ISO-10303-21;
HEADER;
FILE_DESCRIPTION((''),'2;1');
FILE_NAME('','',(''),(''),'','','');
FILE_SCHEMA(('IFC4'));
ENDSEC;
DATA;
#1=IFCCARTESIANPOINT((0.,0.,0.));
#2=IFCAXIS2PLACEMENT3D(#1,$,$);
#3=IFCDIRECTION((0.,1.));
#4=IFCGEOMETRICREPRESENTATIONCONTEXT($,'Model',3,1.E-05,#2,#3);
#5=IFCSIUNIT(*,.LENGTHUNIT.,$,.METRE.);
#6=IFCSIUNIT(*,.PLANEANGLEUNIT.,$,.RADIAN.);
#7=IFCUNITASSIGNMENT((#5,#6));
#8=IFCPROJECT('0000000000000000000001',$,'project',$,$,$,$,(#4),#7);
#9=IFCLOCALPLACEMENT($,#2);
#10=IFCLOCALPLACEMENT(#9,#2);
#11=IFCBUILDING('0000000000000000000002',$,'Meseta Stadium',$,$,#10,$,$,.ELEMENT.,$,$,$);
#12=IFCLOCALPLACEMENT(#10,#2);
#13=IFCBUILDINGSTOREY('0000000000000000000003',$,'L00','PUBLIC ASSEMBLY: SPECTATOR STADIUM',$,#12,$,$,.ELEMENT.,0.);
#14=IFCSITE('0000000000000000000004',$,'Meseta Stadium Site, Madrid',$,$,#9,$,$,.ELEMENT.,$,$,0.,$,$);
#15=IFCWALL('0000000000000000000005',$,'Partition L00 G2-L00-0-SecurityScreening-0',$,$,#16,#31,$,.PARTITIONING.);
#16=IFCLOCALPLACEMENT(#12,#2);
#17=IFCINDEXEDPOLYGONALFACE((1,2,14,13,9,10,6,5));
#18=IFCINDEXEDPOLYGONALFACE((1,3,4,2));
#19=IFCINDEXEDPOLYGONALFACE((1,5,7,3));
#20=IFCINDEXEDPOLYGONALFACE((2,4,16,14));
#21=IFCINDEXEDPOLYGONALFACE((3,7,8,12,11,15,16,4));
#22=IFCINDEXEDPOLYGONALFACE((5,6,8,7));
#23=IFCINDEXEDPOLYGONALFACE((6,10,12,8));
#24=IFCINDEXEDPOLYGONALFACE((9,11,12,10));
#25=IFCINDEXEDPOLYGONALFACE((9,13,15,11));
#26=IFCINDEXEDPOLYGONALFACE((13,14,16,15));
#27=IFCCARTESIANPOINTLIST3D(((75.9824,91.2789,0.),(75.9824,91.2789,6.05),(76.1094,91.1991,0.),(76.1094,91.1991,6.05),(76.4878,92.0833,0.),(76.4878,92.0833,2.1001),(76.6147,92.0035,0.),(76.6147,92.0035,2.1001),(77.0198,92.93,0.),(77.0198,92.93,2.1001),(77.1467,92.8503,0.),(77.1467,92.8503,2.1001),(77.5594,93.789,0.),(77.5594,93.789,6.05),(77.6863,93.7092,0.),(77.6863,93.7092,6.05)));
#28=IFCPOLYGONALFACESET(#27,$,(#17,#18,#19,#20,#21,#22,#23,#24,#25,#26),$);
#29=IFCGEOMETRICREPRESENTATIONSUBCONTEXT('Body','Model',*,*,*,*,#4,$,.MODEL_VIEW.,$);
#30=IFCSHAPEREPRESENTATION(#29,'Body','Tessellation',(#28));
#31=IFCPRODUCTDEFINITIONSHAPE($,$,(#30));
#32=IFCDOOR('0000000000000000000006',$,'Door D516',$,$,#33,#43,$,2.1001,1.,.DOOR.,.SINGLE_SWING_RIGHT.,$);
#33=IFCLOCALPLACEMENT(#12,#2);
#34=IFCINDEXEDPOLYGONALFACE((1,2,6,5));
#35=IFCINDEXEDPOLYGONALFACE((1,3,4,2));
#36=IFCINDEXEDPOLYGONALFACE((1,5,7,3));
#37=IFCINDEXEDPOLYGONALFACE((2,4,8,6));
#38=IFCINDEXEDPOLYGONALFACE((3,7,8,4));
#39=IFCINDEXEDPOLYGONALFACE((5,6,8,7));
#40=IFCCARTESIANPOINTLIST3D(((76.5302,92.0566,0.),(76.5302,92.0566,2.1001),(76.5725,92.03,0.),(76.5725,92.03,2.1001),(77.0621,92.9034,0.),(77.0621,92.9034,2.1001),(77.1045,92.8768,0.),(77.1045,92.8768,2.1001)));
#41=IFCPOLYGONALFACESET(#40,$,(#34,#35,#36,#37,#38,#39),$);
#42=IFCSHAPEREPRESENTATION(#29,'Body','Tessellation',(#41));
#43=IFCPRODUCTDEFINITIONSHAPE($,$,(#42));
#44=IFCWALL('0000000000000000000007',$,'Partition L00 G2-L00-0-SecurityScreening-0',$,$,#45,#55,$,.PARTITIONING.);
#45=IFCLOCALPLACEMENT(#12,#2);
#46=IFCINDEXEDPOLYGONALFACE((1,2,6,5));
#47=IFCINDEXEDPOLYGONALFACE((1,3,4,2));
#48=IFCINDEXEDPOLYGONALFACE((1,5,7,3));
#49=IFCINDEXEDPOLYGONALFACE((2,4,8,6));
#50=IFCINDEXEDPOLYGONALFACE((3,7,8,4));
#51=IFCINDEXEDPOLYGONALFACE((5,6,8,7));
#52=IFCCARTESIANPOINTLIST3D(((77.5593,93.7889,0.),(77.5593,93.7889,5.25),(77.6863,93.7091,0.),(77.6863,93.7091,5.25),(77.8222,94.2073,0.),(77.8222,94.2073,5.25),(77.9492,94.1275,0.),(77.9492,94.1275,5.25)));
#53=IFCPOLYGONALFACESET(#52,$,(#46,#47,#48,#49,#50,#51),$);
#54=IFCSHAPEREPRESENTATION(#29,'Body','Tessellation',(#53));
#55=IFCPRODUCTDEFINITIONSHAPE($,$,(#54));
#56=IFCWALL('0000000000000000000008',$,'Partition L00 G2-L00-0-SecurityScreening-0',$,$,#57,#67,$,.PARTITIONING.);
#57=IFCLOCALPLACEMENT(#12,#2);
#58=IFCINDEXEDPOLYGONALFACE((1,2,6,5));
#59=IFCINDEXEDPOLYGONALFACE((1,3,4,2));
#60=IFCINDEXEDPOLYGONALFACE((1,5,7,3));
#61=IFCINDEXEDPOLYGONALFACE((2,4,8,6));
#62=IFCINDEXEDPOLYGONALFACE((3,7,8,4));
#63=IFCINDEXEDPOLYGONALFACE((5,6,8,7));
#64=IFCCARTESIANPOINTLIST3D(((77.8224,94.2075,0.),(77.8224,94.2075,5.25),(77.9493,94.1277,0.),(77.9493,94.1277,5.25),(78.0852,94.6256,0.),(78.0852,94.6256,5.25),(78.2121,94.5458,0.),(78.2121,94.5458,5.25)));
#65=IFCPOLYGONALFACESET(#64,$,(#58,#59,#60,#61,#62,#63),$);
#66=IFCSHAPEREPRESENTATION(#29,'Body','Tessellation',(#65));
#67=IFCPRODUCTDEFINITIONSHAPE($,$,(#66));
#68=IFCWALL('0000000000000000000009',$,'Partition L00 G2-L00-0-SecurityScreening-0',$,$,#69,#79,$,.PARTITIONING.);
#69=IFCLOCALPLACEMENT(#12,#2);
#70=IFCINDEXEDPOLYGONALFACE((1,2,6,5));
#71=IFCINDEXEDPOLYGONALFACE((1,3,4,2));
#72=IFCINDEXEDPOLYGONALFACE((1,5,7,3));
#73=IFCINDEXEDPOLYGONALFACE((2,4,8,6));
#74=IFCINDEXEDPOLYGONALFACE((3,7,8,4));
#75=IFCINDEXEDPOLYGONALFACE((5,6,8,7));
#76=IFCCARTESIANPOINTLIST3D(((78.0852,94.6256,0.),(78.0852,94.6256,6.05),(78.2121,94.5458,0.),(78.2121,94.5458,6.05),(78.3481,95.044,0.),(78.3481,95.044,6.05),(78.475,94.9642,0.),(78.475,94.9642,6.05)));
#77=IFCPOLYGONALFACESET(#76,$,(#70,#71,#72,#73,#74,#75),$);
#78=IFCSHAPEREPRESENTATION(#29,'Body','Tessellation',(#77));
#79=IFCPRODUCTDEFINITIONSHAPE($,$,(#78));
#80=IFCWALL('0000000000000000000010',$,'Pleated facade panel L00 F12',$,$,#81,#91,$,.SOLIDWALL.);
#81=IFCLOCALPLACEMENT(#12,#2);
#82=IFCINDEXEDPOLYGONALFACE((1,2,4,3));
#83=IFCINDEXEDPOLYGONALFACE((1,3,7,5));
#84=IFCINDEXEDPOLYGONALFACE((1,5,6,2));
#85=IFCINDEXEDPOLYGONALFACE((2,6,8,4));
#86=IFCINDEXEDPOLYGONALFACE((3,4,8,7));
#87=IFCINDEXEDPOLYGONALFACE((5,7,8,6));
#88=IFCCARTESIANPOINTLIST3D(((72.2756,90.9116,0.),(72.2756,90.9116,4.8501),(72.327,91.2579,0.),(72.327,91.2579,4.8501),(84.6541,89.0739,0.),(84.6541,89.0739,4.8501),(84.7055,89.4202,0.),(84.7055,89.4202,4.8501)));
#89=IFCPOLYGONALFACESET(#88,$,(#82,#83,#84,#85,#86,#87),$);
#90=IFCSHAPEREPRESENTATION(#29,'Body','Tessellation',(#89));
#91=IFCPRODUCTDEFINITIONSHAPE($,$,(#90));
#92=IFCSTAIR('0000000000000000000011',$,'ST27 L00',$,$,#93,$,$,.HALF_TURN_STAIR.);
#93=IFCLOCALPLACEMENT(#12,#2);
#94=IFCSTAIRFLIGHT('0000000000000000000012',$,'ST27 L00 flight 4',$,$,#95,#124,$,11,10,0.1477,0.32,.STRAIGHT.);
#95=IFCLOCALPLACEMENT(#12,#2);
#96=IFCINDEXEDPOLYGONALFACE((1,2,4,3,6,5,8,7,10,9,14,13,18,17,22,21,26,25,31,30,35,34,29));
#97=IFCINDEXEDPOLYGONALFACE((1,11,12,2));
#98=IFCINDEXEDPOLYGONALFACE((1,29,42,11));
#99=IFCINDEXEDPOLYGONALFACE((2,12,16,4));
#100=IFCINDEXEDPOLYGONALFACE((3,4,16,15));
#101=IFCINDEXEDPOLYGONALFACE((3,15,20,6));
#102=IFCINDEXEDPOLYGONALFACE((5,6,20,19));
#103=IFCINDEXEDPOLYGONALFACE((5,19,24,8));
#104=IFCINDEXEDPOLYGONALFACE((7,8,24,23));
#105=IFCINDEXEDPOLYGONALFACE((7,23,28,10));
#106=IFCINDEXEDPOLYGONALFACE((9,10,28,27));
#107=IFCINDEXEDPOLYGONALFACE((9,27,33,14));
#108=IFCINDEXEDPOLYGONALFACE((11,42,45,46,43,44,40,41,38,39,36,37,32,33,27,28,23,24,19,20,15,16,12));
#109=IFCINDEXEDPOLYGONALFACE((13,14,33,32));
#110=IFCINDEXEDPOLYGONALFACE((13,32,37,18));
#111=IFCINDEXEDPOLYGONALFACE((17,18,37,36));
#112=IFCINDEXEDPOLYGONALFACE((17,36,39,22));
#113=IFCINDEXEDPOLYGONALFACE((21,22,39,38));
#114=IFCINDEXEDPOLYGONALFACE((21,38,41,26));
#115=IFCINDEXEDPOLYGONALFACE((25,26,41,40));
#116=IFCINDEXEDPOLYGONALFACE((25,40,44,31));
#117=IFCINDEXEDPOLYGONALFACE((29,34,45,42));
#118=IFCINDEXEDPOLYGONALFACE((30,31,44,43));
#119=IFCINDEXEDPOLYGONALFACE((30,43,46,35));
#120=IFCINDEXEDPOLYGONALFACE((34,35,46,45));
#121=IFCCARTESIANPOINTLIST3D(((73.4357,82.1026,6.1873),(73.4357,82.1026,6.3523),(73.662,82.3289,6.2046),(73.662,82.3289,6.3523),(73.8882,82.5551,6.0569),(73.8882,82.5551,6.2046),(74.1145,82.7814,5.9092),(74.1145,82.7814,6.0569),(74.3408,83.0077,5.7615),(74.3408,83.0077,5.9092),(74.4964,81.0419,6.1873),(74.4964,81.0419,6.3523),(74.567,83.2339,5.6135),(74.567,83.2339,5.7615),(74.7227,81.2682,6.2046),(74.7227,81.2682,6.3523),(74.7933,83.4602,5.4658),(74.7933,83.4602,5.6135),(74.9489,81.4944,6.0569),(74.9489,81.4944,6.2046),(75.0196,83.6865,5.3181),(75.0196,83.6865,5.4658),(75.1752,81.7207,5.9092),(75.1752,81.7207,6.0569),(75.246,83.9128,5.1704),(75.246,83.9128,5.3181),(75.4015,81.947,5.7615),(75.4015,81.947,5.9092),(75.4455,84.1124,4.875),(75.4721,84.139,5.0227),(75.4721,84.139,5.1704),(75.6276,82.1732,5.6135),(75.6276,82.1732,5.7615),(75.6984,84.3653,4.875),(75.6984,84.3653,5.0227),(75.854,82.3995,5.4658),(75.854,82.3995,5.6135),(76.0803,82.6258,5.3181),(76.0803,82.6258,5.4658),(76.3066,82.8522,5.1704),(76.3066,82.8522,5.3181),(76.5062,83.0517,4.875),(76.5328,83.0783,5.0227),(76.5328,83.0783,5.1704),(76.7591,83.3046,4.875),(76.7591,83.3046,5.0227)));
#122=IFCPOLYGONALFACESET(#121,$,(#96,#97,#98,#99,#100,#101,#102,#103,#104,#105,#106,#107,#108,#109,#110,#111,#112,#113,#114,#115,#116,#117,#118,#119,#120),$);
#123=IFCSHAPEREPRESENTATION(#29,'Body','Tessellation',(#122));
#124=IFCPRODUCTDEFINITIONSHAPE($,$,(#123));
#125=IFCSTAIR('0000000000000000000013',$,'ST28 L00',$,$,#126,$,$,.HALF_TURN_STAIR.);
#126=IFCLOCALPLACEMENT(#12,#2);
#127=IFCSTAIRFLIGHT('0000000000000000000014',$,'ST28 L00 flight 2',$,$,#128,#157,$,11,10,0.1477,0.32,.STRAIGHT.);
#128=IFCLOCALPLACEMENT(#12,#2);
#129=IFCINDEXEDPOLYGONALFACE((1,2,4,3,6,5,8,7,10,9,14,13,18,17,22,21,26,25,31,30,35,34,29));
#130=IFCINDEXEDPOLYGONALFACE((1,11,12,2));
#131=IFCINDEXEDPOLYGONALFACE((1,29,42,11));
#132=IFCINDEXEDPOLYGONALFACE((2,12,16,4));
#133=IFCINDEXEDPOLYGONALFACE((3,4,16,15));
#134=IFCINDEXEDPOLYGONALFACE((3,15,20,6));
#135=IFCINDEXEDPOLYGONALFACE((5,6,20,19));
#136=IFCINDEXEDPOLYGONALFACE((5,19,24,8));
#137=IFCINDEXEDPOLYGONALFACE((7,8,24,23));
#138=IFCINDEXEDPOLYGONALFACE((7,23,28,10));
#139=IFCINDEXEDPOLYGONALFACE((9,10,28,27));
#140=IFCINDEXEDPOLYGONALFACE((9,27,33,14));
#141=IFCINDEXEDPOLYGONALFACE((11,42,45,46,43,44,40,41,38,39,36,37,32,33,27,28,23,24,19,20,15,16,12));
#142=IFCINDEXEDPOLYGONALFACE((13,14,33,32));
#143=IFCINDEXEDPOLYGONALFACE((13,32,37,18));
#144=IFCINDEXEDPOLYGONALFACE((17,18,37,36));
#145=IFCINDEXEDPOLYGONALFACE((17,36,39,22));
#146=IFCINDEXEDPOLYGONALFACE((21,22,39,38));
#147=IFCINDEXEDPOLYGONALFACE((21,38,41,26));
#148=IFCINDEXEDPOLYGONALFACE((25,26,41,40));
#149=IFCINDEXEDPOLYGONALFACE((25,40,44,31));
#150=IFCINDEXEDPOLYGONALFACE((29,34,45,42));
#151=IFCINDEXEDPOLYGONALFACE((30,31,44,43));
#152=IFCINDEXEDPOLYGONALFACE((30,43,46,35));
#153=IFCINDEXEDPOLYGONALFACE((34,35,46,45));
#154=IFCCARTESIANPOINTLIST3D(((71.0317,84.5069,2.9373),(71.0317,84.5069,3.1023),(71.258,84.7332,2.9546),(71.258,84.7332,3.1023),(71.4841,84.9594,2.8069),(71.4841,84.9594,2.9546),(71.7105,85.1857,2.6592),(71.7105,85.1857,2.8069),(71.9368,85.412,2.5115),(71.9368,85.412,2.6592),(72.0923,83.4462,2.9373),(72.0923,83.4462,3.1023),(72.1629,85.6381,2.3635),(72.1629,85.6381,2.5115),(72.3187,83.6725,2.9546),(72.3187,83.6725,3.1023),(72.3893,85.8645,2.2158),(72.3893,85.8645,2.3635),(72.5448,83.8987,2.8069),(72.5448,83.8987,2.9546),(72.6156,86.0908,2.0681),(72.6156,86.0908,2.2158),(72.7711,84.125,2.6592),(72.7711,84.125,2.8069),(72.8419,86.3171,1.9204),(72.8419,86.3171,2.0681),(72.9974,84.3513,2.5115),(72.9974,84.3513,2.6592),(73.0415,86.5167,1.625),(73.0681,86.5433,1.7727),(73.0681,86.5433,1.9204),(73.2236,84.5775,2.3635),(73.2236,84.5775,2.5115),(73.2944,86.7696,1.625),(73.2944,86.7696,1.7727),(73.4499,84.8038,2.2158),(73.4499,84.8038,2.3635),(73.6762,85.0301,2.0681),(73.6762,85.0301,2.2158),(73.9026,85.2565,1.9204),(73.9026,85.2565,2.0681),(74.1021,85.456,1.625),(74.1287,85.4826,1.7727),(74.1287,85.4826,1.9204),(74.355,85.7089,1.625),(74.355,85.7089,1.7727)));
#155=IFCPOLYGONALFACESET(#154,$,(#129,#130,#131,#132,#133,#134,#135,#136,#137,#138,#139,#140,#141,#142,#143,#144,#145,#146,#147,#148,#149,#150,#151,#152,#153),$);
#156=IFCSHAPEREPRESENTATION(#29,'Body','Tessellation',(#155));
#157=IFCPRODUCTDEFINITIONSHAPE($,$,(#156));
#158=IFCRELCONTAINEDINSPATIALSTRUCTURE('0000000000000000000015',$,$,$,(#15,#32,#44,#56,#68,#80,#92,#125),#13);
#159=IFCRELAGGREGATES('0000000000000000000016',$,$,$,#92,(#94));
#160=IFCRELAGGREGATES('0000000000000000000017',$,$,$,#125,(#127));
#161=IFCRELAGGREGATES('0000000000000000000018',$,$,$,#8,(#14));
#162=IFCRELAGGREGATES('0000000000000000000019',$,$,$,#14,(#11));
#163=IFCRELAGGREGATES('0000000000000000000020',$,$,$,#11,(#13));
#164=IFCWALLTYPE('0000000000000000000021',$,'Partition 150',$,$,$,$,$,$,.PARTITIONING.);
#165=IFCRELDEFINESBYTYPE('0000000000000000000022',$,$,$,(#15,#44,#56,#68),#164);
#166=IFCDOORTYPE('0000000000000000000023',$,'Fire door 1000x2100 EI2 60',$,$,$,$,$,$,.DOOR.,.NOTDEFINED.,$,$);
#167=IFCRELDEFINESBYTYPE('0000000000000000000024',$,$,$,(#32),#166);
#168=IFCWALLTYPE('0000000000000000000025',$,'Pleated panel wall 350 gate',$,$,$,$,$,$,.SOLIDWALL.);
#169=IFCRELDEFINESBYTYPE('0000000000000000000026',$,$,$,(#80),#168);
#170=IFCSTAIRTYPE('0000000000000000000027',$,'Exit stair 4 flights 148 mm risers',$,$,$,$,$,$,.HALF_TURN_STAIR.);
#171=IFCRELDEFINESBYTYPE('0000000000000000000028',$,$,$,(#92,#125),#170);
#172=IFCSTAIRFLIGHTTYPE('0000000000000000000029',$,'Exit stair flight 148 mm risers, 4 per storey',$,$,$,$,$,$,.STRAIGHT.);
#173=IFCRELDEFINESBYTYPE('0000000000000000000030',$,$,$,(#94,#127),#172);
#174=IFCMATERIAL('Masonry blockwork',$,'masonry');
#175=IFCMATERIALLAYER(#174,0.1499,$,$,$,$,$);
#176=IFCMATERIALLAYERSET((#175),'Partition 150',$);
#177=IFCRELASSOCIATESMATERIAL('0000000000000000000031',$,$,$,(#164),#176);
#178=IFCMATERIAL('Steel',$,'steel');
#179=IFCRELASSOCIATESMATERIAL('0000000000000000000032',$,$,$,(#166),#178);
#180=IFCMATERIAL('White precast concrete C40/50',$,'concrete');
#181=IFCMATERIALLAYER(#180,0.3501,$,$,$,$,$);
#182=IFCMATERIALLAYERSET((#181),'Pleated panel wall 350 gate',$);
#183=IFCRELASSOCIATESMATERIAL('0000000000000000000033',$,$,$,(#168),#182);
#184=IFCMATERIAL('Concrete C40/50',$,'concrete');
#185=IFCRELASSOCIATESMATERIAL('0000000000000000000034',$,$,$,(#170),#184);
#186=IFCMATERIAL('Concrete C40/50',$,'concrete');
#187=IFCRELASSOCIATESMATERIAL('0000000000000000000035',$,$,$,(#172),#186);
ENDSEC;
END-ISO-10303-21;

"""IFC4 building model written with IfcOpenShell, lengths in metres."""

from ifc_helpers import new_model, si_unit, direction, frame, frame_2d, origin, place, context, subcontext, project, spatial, polyline, rectangle, outline, extrude, material, layer, layer_set, type_object, element, fill, aggregate, save


model = new_model("IFC4")

# Units and contexts
model_context = context("Model", 3, precision=1e-05, world=origin(), true_north=direction((0.0, 1.0)))
body_context = subcontext(model_context, "Body", "Model", "MODEL_VIEW")
ifc_project = project(units=[si_unit("LENGTHUNIT", "METRE"), si_unit("PLANEANGLEUNIT", "RADIAN")], contexts=[model_context])

# Site, building, storey
site_placement = place(None, origin())
site = spatial("IfcSite", under=ifc_project, at=site_placement, Name="Meseta Stadium Site, Madrid", CompositionType="ELEMENT", RefElevation=0.0)
building_placement = place(site_placement, origin())
building = spatial("IfcBuilding", under=site, at=building_placement, Name="Meseta Stadium", CompositionType="ELEMENT")
storey_placement = place(building_placement, origin())
storey = spatial("IfcBuildingStorey", under=building, at=storey_placement, Name="L00", Description="PUBLIC ASSEMBLY: SPECTATOR STADIUM", CompositionType="ELEMENT", Elevation=0.0)

# Wall, opening, door
ifc_material_1 = material(Name="Masonry blockwork", Category="masonry")
ifc_layer_1 = layer(ifc_material_1, 0.1499)
ifc_layer_set_1 = layer_set([ifc_layer_1], Name="Partition 150")
wall_type_1 = type_object("IfcWallType", Name="Partition 150", PredefinedType="PARTITIONING", material=ifc_layer_set_1)
wall_1_placement = place(storey_placement, frame((76.0459, 91.239, 0.0), z_axis=(0.0, 0.0, 1.0), x_axis=(0.531974, 0.846761, 0.0)))
wall_1 = element("IfcWall", 1, at=wall_1_placement, inside=storey, type_object=wall_type_1, Name="Partition L00 G2-L00-0-SecurityScreening-0", PredefinedType="PARTITIONING", context=body_context, shape_type="SweptSolid", body=[
    extrude(rectangle(XDim=2.9644, YDim=0.1499, at=frame_2d((1.4822, 0.0))), origin(), (0.0, 0.0, 1.0), 6.05),
])
opening_placement = place(wall_1_placement, frame((0.95, 0.0, 0.0)))
opening = element("IfcOpeningElement", 2, at=opening_placement, cuts=wall_1, PredefinedType="OPENING", context=body_context, shape_type="SweptSolid", body=[
    extrude(rectangle(XDim=1.0, YDim=2.1001, at=frame_2d((0.5, 1.05))), frame((0.0, 0.085, 0.0), z_axis=(0.0, -1.0, 0.0), x_axis=(1.0, 0.0, 0.0)), (0.0, 0.0, 1.0), 0.1699),
])
ifc_material_2 = material(Name="Steel", Category="steel")
door_type = type_object("IfcDoorType", Name="Fire door 1000x2100 EI2 60", OperationType="NOTDEFINED", PredefinedType="DOOR", material=ifc_material_2)
door_placement = place(opening_placement, origin())
door = element("IfcDoor", 3, at=door_placement, inside=storey, type_object=door_type, Name="Door D516", OperationType="SINGLE_SWING_RIGHT", OverallHeight=2.1001, OverallWidth=1.0, PredefinedType="DOOR", context=body_context, shape_type="SweptSolid", body=[
    extrude(rectangle(XDim=1.0, YDim=2.1001, at=frame_2d((0.5, 1.05))), frame((0.0, 0.0249, 0.0), z_axis=(0.0, -1.0, 0.0), x_axis=(1.0, 0.0, 0.0)), (0.0, 0.0, 1.0), 0.05),
])
fill(opening, door)

# Walls
wall_2_placement = place(storey_placement, frame((77.6228, 93.749, 0.0), z_axis=(0.0, 0.0, 1.0), x_axis=(0.53204, 0.846719, 0.0)))
element("IfcWall", 4, at=wall_2_placement, inside=storey, type_object=wall_type_1, Name="Partition L00 G2-L00-0-SecurityScreening-0", PredefinedType="PARTITIONING", context=body_context, shape_type="SweptSolid", body=[
    extrude(rectangle(XDim=0.4941, YDim=0.1499, at=frame_2d((0.2471, 0.0))), origin(), (0.0, 0.0, 1.0), 5.25),
])
wall_3_placement = place(storey_placement, frame((77.8857, 94.1675, 0.0), z_axis=(0.0, 0.0, 1.0), x_axis=(0.532263, 0.846579, 0.0)))
element("IfcWall", 5, at=wall_3_placement, inside=storey, type_object=wall_type_1, Name="Partition L00 G2-L00-0-SecurityScreening-0", PredefinedType="PARTITIONING", context=body_context, shape_type="SweptSolid", body=[
    extrude(rectangle(XDim=0.4939, YDim=0.1499, at=frame_2d((0.2471, 0.0))), origin(), (0.0, 0.0, 1.0), 5.25),
])
wall_4_placement = place(storey_placement, frame((78.1487, 94.5857, 0.0), z_axis=(0.0, 0.0, 1.0), x_axis=(0.53204, 0.846719, 0.0)))
element("IfcWall", 6, at=wall_4_placement, inside=storey, type_object=wall_type_1, Name="Partition L00 G2-L00-0-SecurityScreening-0", PredefinedType="PARTITIONING", context=body_context, shape_type="SweptSolid", body=[
    extrude(rectangle(XDim=0.4941, YDim=0.1499, at=frame_2d((0.2471, 0.0))), origin(), (0.0, 0.0, 1.0), 6.05),
])
ifc_material_3 = material(Name="White precast concrete C40/50", Category="concrete")
ifc_layer_2 = layer(ifc_material_3, 0.3501)
ifc_layer_set_2 = layer_set([ifc_layer_2], Name="Pleated panel wall 350 gate")
wall_type_2 = type_object("IfcWallType", Name="Pleated panel wall 350 gate", PredefinedType="SOLIDWALL", material=ifc_layer_set_2)
wall_5_placement = place(storey_placement, frame((72.3013, 91.0847, 0.0), z_axis=(0.0, 0.0, 1.0), x_axis=(0.989159, -0.146846, 0.0)))
element("IfcWall", 7, at=wall_5_placement, inside=storey, type_object=wall_type_2, Name="Pleated facade panel L00 F12", PredefinedType="SOLIDWALL", context=body_context, shape_type="SweptSolid", body=[
    extrude(rectangle(XDim=12.5142, YDim=0.3501, at=frame_2d((6.2571, 0.0))), origin(), (0.0, 0.0, 1.0), 4.8501),
])

# Stair, stair flight
ifc_material_4 = material(Name="Concrete C40/50", Category="concrete")
stair_type = type_object("IfcStairType", Name="Exit stair 4 flights 148 mm risers", PredefinedType="HALF_TURN_STAIR", material=ifc_material_4)
stair_1_placement = place(storey_placement, origin())
stair_1 = element("IfcStair", 8, at=stair_1_placement, inside=storey, type_object=stair_type, Name="ST27 L00", PredefinedType="HALF_TURN_STAIR")
ifc_material_5 = material(Name="Concrete C40/50", Category="concrete")
stair_flight_type = type_object("IfcStairFlightType", Name="Exit stair flight 148 mm risers, 4 per storey", PredefinedType="STRAIGHT", material=ifc_material_5)
stair_flight_1_placement = place(storey_placement, frame((76.2288, 83.835, 4.875), z_axis=(0.0, 0.0, 1.0), x_axis=(-0.707107, -0.707107, 0.0)))
stair_flight_1 = element("IfcStairFlight", 9, at=stair_flight_1_placement, type_object=stair_flight_type, Name="ST27 L00 flight 4", NumberOfRisers=11, NumberOfTreads=10, PredefinedType="STRAIGHT", RiserHeight=0.1477, TreadLength=0.32, context=body_context, shape_type="SweptSolid", body=[
    extrude(outline(polyline([(0.0, 0.0), (0.0, 0.1477), (0.3201, 0.1477), (0.3201, 0.2954), (0.6399, 0.2954), (0.6399, 0.4431), (0.96, 0.4431), (0.96, 0.5908), (1.28, 0.5908), (1.28, 0.7385), (1.6001, 0.7385), (1.6001, 0.8865), (1.9199, 0.8865), (1.9199, 1.0342), (2.24, 1.0342), (2.24, 1.1819), (2.5601, 1.1819), (2.5601, 1.3296), (2.8799, 1.3296), (2.8799, 1.4773), (3.2, 1.4773), (3.2, 1.3123), (0.3577, 0.0), (0.0, 0.0)])), frame((0.0, 0.75, 0.0), z_axis=(0.0, -1.0, 0.0), x_axis=(1.0, 0.0, 0.0)), (0.0, 0.0, 1.0), 1.5),
])
aggregate(stair_1, [stair_flight_1])

# Stair, stair flight
stair_2_placement = place(storey_placement, origin())
stair_2 = element("IfcStair", 10, at=stair_2_placement, inside=storey, type_object=stair_type, Name="ST28 L00", PredefinedType="HALF_TURN_STAIR")
stair_flight_2_placement = place(storey_placement, frame((73.8247, 86.2393, 1.625), z_axis=(0.0, 0.0, 1.0), x_axis=(-0.707107, -0.707107, 0.0)))
stair_flight_2 = element("IfcStairFlight", 11, at=stair_flight_2_placement, type_object=stair_flight_type, Name="ST28 L00 flight 2", NumberOfRisers=11, NumberOfTreads=10, PredefinedType="STRAIGHT", RiserHeight=0.1477, TreadLength=0.32, context=body_context, shape_type="SweptSolid", body=[
    extrude(outline(polyline([(0.0, 0.0), (0.0, 0.1477), (0.3201, 0.1477), (0.3201, 0.2954), (0.6399, 0.2954), (0.6399, 0.4431), (0.96, 0.4431), (0.96, 0.5908), (1.28, 0.5908), (1.28, 0.7385), (1.6001, 0.7385), (1.6001, 0.8865), (1.9199, 0.8865), (1.9199, 1.0342), (2.24, 1.0342), (2.24, 1.1819), (2.5601, 1.1819), (2.5601, 1.3296), (2.8799, 1.3296), (2.8799, 1.4773), (3.2, 1.4773), (3.2, 1.3123), (0.3577, 0.0), (0.0, 0.0)])), frame((0.0, 0.75, 0.0), z_axis=(0.0, -1.0, 0.0), x_axis=(1.0, 0.0, 0.0)), (0.0, 0.0, 1.0), 1.5),
])
aggregate(stair_2, [stair_flight_2])

save(model, "model.ifc")
